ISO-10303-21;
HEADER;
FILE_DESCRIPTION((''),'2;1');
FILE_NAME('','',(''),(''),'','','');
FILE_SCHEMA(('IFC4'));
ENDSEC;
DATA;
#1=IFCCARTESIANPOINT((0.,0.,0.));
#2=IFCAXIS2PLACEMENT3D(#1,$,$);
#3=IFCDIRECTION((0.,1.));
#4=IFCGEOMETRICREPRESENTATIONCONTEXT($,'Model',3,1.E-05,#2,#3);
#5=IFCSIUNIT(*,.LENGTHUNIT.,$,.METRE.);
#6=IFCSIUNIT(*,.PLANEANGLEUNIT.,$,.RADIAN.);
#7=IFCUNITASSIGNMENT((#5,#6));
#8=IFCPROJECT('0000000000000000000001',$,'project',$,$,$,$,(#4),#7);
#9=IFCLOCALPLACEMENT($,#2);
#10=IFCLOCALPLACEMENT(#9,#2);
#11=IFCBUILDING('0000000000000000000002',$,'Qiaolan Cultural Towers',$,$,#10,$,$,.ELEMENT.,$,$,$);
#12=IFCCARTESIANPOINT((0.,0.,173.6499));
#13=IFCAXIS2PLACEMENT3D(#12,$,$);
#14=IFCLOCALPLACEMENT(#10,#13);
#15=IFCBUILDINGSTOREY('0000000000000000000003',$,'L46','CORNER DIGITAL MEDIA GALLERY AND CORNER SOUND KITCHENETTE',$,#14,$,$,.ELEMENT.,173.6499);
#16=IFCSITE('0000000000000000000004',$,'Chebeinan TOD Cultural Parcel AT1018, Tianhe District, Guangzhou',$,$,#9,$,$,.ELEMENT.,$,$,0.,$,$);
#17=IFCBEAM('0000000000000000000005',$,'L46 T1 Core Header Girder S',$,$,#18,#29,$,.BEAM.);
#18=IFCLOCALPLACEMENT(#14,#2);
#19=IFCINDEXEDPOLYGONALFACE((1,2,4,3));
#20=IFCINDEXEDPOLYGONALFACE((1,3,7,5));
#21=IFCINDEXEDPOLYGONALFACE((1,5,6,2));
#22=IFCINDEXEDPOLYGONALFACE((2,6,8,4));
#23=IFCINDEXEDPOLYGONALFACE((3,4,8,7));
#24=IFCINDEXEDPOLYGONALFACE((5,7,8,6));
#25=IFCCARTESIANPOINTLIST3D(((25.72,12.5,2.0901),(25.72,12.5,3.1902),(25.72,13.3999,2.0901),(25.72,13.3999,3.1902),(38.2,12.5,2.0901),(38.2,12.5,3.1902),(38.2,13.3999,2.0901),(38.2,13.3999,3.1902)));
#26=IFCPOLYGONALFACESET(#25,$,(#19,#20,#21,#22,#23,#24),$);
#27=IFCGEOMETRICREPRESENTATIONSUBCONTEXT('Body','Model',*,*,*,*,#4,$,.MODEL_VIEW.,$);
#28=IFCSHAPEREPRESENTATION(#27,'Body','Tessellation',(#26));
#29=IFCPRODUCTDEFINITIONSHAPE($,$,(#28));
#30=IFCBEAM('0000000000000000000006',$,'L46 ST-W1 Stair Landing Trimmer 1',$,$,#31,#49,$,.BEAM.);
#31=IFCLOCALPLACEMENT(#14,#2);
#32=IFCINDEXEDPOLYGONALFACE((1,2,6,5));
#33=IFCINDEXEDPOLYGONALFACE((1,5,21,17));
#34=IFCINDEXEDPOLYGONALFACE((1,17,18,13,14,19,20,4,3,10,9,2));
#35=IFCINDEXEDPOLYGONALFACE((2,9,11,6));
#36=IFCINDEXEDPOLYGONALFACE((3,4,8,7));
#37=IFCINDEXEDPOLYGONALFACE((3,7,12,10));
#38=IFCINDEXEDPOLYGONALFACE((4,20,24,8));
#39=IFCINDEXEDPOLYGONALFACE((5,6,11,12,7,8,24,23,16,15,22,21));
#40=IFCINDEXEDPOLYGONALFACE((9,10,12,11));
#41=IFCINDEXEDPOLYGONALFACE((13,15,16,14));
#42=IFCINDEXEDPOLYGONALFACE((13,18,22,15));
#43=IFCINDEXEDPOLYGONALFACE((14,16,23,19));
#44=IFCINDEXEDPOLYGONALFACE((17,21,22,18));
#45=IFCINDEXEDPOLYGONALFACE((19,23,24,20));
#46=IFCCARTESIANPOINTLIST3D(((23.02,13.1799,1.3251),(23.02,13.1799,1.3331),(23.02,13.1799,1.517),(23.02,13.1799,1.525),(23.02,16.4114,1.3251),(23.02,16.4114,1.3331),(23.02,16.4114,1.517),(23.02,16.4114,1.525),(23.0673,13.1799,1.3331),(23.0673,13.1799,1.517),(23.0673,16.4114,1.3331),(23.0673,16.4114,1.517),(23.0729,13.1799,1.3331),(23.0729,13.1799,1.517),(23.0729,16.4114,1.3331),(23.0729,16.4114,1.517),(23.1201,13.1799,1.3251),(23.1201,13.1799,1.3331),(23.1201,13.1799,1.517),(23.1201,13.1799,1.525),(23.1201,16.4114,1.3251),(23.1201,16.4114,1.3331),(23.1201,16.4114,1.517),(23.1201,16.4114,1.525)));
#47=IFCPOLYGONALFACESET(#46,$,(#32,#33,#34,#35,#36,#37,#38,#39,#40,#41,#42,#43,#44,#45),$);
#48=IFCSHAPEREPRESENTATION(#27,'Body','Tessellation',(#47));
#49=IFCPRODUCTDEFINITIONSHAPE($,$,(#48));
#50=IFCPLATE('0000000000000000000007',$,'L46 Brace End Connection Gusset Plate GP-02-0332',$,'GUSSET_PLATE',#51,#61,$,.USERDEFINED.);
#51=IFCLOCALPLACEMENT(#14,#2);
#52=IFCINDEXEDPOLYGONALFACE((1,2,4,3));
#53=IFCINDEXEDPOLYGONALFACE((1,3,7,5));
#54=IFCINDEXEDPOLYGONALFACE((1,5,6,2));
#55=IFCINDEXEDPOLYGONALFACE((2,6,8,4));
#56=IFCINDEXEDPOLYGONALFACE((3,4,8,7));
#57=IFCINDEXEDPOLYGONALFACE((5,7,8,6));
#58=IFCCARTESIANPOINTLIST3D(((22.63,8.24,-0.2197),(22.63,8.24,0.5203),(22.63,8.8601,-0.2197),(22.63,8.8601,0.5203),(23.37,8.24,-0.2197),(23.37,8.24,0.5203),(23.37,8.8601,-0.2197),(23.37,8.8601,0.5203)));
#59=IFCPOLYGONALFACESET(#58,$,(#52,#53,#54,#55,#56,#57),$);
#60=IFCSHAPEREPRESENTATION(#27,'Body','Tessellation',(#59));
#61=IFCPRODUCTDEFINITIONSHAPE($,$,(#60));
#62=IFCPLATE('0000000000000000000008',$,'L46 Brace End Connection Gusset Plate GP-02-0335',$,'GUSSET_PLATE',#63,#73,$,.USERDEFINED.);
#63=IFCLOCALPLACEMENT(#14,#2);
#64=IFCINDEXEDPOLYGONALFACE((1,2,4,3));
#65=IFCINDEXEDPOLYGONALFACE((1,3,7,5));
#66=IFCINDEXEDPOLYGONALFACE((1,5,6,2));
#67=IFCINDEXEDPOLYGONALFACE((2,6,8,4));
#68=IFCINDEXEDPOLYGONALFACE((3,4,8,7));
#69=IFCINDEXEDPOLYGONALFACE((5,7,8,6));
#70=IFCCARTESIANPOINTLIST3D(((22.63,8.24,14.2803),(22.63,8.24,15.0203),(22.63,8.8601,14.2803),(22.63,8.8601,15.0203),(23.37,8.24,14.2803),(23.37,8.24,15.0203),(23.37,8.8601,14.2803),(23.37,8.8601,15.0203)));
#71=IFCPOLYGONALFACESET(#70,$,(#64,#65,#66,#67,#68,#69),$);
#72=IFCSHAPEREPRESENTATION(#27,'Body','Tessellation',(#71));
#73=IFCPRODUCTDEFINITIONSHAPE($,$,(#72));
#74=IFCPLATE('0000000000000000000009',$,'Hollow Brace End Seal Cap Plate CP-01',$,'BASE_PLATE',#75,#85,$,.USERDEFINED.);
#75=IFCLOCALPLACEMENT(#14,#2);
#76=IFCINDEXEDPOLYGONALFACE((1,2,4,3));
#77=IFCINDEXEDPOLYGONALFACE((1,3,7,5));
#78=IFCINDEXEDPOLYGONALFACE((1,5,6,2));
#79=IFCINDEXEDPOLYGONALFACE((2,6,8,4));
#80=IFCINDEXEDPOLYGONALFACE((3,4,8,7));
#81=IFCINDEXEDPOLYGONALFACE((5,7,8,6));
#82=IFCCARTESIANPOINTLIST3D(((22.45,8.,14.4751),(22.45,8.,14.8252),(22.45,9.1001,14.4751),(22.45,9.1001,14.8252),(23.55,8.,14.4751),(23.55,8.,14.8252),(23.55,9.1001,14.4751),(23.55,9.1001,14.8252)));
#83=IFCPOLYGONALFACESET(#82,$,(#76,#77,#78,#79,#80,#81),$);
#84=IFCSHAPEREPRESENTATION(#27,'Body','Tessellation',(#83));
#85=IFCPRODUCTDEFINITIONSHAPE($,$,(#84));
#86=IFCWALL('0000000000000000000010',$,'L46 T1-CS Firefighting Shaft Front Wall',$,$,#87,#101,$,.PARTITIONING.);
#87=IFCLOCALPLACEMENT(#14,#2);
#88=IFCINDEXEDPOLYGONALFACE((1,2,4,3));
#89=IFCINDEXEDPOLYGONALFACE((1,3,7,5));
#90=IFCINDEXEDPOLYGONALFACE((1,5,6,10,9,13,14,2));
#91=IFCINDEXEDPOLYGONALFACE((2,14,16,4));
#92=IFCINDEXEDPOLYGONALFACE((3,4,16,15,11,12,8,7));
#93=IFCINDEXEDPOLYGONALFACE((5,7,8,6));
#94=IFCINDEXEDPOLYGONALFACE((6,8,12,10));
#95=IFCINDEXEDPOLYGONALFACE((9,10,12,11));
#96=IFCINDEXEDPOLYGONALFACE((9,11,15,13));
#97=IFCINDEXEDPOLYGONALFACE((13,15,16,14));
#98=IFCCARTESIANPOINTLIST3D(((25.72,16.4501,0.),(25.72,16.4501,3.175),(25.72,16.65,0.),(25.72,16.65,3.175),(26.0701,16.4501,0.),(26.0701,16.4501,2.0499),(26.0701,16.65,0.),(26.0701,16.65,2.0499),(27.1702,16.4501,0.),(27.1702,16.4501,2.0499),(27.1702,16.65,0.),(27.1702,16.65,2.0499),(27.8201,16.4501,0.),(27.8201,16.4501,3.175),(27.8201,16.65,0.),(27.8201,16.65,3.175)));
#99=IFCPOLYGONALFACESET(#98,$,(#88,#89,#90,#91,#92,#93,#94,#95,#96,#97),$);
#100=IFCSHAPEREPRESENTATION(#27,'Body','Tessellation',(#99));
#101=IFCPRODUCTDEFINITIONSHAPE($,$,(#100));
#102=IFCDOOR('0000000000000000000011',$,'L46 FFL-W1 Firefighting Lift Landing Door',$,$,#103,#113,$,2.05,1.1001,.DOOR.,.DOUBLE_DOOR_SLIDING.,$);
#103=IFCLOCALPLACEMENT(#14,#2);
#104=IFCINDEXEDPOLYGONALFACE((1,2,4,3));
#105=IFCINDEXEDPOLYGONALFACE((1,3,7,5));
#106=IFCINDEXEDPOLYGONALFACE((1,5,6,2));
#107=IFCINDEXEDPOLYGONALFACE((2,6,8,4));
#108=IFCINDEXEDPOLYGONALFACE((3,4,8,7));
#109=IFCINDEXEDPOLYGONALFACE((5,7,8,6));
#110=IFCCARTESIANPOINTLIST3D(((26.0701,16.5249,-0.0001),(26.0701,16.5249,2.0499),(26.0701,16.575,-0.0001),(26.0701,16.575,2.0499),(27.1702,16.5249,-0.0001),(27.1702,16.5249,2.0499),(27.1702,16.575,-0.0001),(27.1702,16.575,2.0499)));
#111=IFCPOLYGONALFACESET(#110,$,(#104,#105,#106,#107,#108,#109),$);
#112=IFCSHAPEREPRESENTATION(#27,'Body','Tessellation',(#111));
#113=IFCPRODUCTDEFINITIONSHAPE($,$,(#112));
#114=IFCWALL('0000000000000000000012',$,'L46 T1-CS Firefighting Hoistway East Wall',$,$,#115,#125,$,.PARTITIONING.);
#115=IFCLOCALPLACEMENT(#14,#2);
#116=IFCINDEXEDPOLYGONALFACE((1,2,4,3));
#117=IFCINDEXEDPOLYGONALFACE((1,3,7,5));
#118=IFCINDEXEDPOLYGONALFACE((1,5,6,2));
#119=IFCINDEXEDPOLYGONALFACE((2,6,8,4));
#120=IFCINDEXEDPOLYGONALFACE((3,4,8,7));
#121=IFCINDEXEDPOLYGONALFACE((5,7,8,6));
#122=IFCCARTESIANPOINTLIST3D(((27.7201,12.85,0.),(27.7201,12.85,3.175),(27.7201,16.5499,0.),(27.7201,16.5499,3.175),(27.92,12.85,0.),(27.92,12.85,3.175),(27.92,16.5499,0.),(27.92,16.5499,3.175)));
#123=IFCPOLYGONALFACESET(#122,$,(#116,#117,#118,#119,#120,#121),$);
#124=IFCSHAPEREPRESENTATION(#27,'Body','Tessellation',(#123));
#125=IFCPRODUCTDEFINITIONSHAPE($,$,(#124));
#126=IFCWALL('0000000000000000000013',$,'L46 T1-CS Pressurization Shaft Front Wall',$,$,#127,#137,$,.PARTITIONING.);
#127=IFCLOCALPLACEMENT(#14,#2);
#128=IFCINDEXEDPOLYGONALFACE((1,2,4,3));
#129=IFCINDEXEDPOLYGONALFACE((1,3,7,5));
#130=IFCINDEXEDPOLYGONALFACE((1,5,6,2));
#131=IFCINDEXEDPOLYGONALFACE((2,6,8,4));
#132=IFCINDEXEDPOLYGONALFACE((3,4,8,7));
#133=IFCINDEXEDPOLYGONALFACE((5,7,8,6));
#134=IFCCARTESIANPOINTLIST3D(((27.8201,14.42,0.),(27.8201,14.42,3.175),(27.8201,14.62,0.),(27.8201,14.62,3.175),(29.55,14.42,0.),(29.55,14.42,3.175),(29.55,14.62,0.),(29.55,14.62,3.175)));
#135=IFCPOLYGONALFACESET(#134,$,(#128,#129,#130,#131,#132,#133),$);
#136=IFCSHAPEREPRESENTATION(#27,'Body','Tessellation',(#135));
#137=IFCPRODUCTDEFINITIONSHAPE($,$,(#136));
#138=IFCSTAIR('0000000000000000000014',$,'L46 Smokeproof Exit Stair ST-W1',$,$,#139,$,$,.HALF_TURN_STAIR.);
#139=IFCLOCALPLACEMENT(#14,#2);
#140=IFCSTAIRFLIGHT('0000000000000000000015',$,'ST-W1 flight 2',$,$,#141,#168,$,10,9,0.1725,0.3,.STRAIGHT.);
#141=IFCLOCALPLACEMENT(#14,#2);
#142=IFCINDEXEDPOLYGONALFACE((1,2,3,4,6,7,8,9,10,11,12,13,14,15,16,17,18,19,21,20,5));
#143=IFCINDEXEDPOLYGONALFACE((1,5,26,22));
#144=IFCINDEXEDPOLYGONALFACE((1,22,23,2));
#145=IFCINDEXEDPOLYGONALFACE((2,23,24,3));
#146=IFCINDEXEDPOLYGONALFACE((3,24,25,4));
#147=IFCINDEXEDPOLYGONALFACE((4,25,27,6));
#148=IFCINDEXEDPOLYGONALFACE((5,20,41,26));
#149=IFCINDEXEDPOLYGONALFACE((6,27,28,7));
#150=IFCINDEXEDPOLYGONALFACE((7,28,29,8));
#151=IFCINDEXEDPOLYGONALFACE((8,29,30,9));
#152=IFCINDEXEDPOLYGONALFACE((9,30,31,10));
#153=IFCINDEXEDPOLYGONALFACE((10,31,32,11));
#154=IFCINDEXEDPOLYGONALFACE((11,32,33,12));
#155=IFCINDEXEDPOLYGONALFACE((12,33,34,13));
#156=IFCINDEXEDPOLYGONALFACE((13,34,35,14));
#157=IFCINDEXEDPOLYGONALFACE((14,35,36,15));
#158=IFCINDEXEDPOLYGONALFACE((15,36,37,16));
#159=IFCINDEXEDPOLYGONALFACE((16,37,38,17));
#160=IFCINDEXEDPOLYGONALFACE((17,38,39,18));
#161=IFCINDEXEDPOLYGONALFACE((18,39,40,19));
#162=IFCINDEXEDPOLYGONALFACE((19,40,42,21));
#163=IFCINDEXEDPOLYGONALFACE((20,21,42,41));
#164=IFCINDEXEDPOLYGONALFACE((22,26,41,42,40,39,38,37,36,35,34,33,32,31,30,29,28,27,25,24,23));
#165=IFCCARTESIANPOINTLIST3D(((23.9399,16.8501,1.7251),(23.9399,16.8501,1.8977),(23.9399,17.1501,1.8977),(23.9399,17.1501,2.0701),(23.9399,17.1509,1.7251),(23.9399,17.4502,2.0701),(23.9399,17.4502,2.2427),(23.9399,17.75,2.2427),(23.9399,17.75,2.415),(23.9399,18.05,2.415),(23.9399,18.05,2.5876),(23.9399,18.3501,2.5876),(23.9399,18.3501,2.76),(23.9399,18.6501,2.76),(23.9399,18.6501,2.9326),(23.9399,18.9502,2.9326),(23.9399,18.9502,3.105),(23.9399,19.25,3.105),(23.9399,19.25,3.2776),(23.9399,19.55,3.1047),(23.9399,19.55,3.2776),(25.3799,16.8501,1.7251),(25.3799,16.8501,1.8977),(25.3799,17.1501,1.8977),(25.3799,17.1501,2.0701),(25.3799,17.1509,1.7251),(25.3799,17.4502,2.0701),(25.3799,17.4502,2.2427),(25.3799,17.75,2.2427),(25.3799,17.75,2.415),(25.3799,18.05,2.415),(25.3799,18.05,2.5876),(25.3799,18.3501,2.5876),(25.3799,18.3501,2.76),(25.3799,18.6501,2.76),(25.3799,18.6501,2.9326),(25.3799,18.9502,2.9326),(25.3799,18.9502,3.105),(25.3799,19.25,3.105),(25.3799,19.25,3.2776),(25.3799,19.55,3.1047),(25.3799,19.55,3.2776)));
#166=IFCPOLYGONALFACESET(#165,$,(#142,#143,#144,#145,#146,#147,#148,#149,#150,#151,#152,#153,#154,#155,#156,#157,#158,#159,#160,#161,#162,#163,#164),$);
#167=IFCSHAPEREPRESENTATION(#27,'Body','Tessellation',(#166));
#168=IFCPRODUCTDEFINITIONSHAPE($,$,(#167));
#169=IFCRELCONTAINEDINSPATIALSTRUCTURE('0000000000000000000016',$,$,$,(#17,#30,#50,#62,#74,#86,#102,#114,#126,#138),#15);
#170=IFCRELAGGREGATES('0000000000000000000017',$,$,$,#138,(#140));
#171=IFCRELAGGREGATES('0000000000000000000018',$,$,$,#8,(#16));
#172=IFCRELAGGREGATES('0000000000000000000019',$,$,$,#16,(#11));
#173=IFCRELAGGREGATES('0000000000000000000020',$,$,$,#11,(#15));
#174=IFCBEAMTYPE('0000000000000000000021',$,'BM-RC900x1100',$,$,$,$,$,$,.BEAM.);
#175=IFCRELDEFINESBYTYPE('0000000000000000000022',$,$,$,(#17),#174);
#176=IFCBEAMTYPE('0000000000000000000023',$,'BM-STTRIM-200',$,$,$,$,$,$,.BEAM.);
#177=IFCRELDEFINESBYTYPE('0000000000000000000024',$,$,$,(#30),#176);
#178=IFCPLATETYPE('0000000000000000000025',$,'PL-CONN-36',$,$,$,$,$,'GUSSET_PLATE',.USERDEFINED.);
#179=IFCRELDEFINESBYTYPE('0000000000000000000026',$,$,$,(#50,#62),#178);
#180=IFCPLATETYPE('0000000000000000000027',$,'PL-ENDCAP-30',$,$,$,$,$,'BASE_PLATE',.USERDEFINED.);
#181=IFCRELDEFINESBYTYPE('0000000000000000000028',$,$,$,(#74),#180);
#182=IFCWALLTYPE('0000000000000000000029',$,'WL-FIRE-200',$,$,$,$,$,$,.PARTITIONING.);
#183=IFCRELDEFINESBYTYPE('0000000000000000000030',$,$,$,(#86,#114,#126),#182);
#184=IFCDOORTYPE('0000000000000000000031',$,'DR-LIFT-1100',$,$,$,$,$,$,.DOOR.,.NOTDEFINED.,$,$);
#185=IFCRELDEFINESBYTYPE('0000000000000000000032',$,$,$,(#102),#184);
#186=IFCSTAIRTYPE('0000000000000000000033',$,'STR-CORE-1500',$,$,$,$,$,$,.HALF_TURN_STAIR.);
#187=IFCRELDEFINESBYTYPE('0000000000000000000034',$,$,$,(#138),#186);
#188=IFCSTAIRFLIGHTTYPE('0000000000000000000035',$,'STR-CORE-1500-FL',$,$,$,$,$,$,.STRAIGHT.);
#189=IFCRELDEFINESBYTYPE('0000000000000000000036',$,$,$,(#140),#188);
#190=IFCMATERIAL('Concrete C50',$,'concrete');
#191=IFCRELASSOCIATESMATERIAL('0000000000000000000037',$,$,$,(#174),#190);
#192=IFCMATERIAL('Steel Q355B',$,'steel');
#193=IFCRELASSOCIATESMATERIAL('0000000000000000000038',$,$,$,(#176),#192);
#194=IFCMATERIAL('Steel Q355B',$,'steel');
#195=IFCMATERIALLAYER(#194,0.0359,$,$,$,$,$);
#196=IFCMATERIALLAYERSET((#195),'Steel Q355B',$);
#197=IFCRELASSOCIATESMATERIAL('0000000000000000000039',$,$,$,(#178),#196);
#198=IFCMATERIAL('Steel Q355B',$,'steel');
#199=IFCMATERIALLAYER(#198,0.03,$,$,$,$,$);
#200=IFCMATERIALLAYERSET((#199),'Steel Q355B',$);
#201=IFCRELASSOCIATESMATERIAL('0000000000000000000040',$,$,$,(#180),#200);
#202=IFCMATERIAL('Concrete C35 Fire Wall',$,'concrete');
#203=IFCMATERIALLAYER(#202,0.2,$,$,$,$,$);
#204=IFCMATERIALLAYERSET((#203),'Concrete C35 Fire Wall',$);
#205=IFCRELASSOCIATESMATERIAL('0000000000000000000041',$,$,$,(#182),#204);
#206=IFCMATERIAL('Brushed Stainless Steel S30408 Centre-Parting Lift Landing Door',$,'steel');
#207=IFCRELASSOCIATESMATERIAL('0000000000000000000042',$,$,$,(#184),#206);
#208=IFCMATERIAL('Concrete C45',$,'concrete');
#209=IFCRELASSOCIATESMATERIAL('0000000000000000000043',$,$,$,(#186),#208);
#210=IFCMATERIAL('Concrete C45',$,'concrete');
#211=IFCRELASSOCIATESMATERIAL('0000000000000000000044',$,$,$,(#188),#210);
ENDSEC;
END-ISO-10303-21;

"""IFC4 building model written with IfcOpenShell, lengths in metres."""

from ifc_helpers import new_model, si_unit, direction, frame, frame_2d, origin, origin_2d, place, context, subcontext, project, spatial, polyline, rectangle, i_section, outline, extrude, material, layer, layer_set, material_profile, profile_set, type_object, element, fill, aggregate, save


model = new_model("IFC4")

# Units and contexts
model_context = context("Model", 3, precision=1e-05, world=origin(), true_north=direction((0.0, 1.0)))
body_context = subcontext(model_context, "Body", "Model", "MODEL_VIEW")
ifc_project = project(units=[si_unit("LENGTHUNIT", "METRE"), si_unit("PLANEANGLEUNIT", "RADIAN")], contexts=[model_context])

# Site, building, storey
site_placement = place(None, origin())
site = spatial("IfcSite", under=ifc_project, at=site_placement, Name="Chebeinan TOD Cultural Parcel AT1018, Tianhe District, Guangzhou", CompositionType="ELEMENT", RefElevation=0.0)
building_placement = place(site_placement, origin())
building = spatial("IfcBuilding", under=site, at=building_placement, Name="Qiaolan Cultural Towers", CompositionType="ELEMENT")
storey_placement = place(building_placement, frame((0.0, 0.0, 173.6499)))
storey = spatial("IfcBuildingStorey", under=building, at=storey_placement, Name="L46", Description="CORNER DIGITAL MEDIA GALLERY AND CORNER SOUND KITCHENETTE", CompositionType="ELEMENT", Elevation=173.6499)

# Beams
ifc_material_1 = material(Name="Concrete C50", Category="concrete")
ifc_material_profile_1 = material_profile(ifc_material_1, rectangle(XDim=0.8999, YDim=1.1001, at=origin_2d()), Name="RC900x1100")
ifc_profile_set_1 = profile_set([ifc_material_profile_1], Name="Concrete C50")
beam_type_1 = type_object("IfcBeamType", Name="BM-RC900x1100", PredefinedType="BEAM", material=ifc_profile_set_1)
beam_1_placement = place(storey_placement, frame((25.72, 12.95, 2.6401), z_axis=(1.0, 0.0, 0.0), x_axis=(0.0, 1.0, 0.0)))
element("IfcBeam", 1, at=beam_1_placement, inside=storey, type_object=beam_type_1, Name="L46 T1 Core Header Girder S", PredefinedType="BEAM", context=body_context, shape_type="SweptSolid", body=[
    extrude(rectangle(XDim=0.8999, YDim=1.1001, at=origin_2d()), origin(), (0.0, 0.0, 1.0), 12.48),
])
ifc_material_2 = material(Name="Steel Q355B", Category="steel")
ifc_material_profile_2 = material_profile(ifc_material_2, i_section(OverallWidth=0.1001, OverallDepth=0.2, WebThickness=0.0056, FlangeThickness=0.0081, at=origin_2d()), Name="HN200x100x5.5x8")
ifc_profile_set_2 = profile_set([ifc_material_profile_2], Name="Steel Q355B")
beam_type_2 = type_object("IfcBeamType", Name="BM-STTRIM-200", PredefinedType="BEAM", material=ifc_profile_set_2)
beam_2_placement = place(storey_placement, frame((23.0701, 16.4114, 1.425), z_axis=(0.0, -1.0, 0.0), x_axis=(1.0, 0.0, 0.0)))
element("IfcBeam", 2, at=beam_2_placement, inside=storey, type_object=beam_type_2, Name="L46 ST-W1 Stair Landing Trimmer 1", PredefinedType="BEAM", context=body_context, shape_type="SweptSolid", body=[
    extrude(i_section(OverallWidth=0.1001, OverallDepth=0.2, WebThickness=0.0056, FlangeThickness=0.0081, at=origin_2d()), origin(), (0.0, 0.0, 1.0), 3.2314),
])

# Plates
ifc_material_3 = material(Name="Steel Q355B", Category="steel")
ifc_layer_1 = layer(ifc_material_3, 0.0359)
ifc_layer_set_1 = layer_set([ifc_layer_1], Name="Steel Q355B")
plate_type_1 = type_object("IfcPlateType", Name="PL-CONN-36", ElementType="GUSSET_PLATE", PredefinedType="USERDEFINED", material=ifc_layer_set_1)
for number, where, z_axis, x_axis, name in (
    (3, (23.0, 8.55, -0.2197), (0.0, 0.0, 1.0), (1.0, 0.0, 0.0), "L46 Brace End Connection Gusset Plate GP-02-0332"),
    (4, (23.0, 8.55, 14.2803), (0.0, 0.0, 1.0), (1.0, 0.0, 0.0), "L46 Brace End Connection Gusset Plate GP-02-0335"),
):
    element("IfcPlate", number, at=place(storey_placement, frame(where, z_axis=z_axis, x_axis=x_axis)), inside=storey, type_object=plate_type_1, Name=name, ObjectType="GUSSET_PLATE", PredefinedType="USERDEFINED", context=body_context, shape_type="SweptSolid", body=[
        extrude(rectangle(XDim=0.74, YDim=0.6201, at=origin_2d()), origin(), (0.0, 0.0, 1.0), 0.74),
    ])
ifc_material_4 = material(Name="Steel Q355B", Category="steel")
ifc_layer_2 = layer(ifc_material_4, 0.03)
ifc_layer_set_2 = layer_set([ifc_layer_2], Name="Steel Q355B")
plate_type_2 = type_object("IfcPlateType", Name="PL-ENDCAP-30", ElementType="BASE_PLATE", PredefinedType="USERDEFINED", material=ifc_layer_set_2)
plate_placement = place(storey_placement, frame((23.0, 8.55, 14.4751), z_axis=(0.0, 0.0, 1.0), x_axis=(1.0, 0.0, 0.0)))
element("IfcPlate", 5, at=plate_placement, inside=storey, type_object=plate_type_2, Name="Hollow Brace End Seal Cap Plate CP-01", ObjectType="BASE_PLATE", PredefinedType="USERDEFINED", context=body_context, shape_type="SweptSolid", body=[
    extrude(rectangle(XDim=1.1001, YDim=1.1001, at=origin_2d()), origin(), (0.0, 0.0, 1.0), 0.3501),
])

# Wall, opening, door
ifc_material_5 = material(Name="Concrete C35 Fire Wall", Category="concrete")
ifc_layer_3 = layer(ifc_material_5, 0.2)
ifc_layer_set_3 = layer_set([ifc_layer_3], Name="Concrete C35 Fire Wall")
wall_type = type_object("IfcWallType", Name="WL-FIRE-200", PredefinedType="PARTITIONING", material=ifc_layer_set_3)
wall_1_placement = place(storey_placement, frame((25.72, 16.55, 0.0), z_axis=(0.0, 0.0, 1.0), x_axis=(1.0, 0.0, 0.0)))
wall_1 = element("IfcWall", 6, at=wall_1_placement, inside=storey, type_object=wall_type, Name="L46 T1-CS Firefighting Shaft Front Wall", PredefinedType="PARTITIONING", context=body_context, shape_type="SweptSolid", body=[
    extrude(rectangle(XDim=2.1001, YDim=0.2, at=frame_2d((1.05, 0.0))), origin(), (0.0, 0.0, 1.0), 3.175),
])
opening_placement = place(wall_1_placement, frame((0.3501, 0.0, 0.0)))
opening = element("IfcOpeningElement", 7, at=opening_placement, cuts=wall_1, PredefinedType="OPENING", context=body_context, shape_type="SweptSolid", body=[
    extrude(rectangle(XDim=1.1001, YDim=2.05, at=frame_2d((0.55, 1.0249))), frame((0.0, 0.1099, 0.0), z_axis=(0.0, -1.0, 0.0), x_axis=(1.0, 0.0, 0.0)), (0.0, 0.0, 1.0), 0.22),
])
ifc_material_6 = material(Name="Brushed Stainless Steel S30408 Centre-Parting Lift Landing Door", Category="steel")
door_type = type_object("IfcDoorType", Name="DR-LIFT-1100", OperationType="NOTDEFINED", PredefinedType="DOOR", material=ifc_material_6)
door_placement = place(opening_placement, origin())
door = element("IfcDoor", 8, at=door_placement, inside=storey, type_object=door_type, Name="L46 FFL-W1 Firefighting Lift Landing Door", OperationType="DOUBLE_DOOR_SLIDING", OverallHeight=2.05, OverallWidth=1.1001, PredefinedType="DOOR", context=body_context, shape_type="SweptSolid", body=[
    extrude(rectangle(XDim=1.1001, YDim=2.05, at=frame_2d((0.55, 1.0249))), frame((0.0, 0.0249, 0.0), z_axis=(0.0, -1.0, 0.0), x_axis=(1.0, 0.0, 0.0)), (0.0, 0.0, 1.0), 0.05),
])
fill(opening, door)

# Walls
wall_2_placement = place(storey_placement, frame((27.8201, 16.55, 0.0), z_axis=(0.0, 0.0, 1.0), x_axis=(0.0, -1.0, 0.0)))
element("IfcWall", 9, at=wall_2_placement, inside=storey, type_object=wall_type, Name="L46 T1-CS Firefighting Hoistway East Wall", PredefinedType="PARTITIONING", context=body_context, shape_type="SweptSolid", body=[
    extrude(rectangle(XDim=3.7, YDim=0.2, at=frame_2d((1.8501, 0.0))), origin(), (0.0, 0.0, 1.0), 3.175),
])
wall_3_placement = place(storey_placement, frame((27.8201, 14.52, 0.0), z_axis=(0.0, 0.0, 1.0), x_axis=(1.0, 0.0, 0.0)))
element("IfcWall", 10, at=wall_3_placement, inside=storey, type_object=wall_type, Name="L46 T1-CS Pressurization Shaft Front Wall", PredefinedType="PARTITIONING", context=body_context, shape_type="SweptSolid", body=[
    extrude(rectangle(XDim=1.73, YDim=0.2, at=frame_2d((0.865, 0.0))), origin(), (0.0, 0.0, 1.0), 3.175),
])

# Stair, stair flight
ifc_material_7 = material(Name="Concrete C45", Category="concrete")
stair_type = type_object("IfcStairType", Name="STR-CORE-1500", PredefinedType="HALF_TURN_STAIR", material=ifc_material_7)
stair_placement = place(storey_placement, origin())
stair = element("IfcStair", 11, at=stair_placement, inside=storey, type_object=stair_type, Name="L46 Smokeproof Exit Stair ST-W1", PredefinedType="HALF_TURN_STAIR")
ifc_material_8 = material(Name="Concrete C45", Category="concrete")
stair_flight_type = type_object("IfcStairFlightType", Name="STR-CORE-1500-FL", PredefinedType="STRAIGHT", material=ifc_material_8)
stair_flight_placement = place(storey_placement, frame((24.6599, 16.8501, 1.7251), z_axis=(0.0, 0.0, 1.0), x_axis=(0.0, 1.0, 0.0)))
stair_flight = element("IfcStairFlight", 12, at=stair_flight_placement, type_object=stair_flight_type, Name="ST-W1 flight 2", NumberOfRisers=10, NumberOfTreads=9, PredefinedType="STRAIGHT", RiserHeight=0.1725, TreadLength=0.3, context=body_context, shape_type="SweptSolid", body=[
    extrude(outline(polyline([(0.0, 0.0), (0.0, 0.1726), (0.3, 0.1726), (0.3, 0.345), (0.6001, 0.345), (0.6001, 0.5176), (0.8999, 0.5176), (0.8999, 0.6899), (1.2, 0.6899), (1.2, 0.8625), (1.5, 0.8625), (1.5, 1.0349), (1.8, 1.0349), (1.8, 1.2075), (2.1001, 1.2075), (2.1001, 1.3799), (2.3999, 1.3799), (2.3999, 1.5525), (2.7, 1.5525), (2.7, 1.7251), (2.7, 1.3796), (0.3008, 0.0), (0.0, 0.0)])), frame((0.0, 0.72, 0.0), z_axis=(0.0, -1.0, 0.0), x_axis=(1.0, 0.0, 0.0)), (0.0, 0.0, 1.0), 1.4399),
])
aggregate(stair, [stair_flight])

save(model, "model.ifc")
